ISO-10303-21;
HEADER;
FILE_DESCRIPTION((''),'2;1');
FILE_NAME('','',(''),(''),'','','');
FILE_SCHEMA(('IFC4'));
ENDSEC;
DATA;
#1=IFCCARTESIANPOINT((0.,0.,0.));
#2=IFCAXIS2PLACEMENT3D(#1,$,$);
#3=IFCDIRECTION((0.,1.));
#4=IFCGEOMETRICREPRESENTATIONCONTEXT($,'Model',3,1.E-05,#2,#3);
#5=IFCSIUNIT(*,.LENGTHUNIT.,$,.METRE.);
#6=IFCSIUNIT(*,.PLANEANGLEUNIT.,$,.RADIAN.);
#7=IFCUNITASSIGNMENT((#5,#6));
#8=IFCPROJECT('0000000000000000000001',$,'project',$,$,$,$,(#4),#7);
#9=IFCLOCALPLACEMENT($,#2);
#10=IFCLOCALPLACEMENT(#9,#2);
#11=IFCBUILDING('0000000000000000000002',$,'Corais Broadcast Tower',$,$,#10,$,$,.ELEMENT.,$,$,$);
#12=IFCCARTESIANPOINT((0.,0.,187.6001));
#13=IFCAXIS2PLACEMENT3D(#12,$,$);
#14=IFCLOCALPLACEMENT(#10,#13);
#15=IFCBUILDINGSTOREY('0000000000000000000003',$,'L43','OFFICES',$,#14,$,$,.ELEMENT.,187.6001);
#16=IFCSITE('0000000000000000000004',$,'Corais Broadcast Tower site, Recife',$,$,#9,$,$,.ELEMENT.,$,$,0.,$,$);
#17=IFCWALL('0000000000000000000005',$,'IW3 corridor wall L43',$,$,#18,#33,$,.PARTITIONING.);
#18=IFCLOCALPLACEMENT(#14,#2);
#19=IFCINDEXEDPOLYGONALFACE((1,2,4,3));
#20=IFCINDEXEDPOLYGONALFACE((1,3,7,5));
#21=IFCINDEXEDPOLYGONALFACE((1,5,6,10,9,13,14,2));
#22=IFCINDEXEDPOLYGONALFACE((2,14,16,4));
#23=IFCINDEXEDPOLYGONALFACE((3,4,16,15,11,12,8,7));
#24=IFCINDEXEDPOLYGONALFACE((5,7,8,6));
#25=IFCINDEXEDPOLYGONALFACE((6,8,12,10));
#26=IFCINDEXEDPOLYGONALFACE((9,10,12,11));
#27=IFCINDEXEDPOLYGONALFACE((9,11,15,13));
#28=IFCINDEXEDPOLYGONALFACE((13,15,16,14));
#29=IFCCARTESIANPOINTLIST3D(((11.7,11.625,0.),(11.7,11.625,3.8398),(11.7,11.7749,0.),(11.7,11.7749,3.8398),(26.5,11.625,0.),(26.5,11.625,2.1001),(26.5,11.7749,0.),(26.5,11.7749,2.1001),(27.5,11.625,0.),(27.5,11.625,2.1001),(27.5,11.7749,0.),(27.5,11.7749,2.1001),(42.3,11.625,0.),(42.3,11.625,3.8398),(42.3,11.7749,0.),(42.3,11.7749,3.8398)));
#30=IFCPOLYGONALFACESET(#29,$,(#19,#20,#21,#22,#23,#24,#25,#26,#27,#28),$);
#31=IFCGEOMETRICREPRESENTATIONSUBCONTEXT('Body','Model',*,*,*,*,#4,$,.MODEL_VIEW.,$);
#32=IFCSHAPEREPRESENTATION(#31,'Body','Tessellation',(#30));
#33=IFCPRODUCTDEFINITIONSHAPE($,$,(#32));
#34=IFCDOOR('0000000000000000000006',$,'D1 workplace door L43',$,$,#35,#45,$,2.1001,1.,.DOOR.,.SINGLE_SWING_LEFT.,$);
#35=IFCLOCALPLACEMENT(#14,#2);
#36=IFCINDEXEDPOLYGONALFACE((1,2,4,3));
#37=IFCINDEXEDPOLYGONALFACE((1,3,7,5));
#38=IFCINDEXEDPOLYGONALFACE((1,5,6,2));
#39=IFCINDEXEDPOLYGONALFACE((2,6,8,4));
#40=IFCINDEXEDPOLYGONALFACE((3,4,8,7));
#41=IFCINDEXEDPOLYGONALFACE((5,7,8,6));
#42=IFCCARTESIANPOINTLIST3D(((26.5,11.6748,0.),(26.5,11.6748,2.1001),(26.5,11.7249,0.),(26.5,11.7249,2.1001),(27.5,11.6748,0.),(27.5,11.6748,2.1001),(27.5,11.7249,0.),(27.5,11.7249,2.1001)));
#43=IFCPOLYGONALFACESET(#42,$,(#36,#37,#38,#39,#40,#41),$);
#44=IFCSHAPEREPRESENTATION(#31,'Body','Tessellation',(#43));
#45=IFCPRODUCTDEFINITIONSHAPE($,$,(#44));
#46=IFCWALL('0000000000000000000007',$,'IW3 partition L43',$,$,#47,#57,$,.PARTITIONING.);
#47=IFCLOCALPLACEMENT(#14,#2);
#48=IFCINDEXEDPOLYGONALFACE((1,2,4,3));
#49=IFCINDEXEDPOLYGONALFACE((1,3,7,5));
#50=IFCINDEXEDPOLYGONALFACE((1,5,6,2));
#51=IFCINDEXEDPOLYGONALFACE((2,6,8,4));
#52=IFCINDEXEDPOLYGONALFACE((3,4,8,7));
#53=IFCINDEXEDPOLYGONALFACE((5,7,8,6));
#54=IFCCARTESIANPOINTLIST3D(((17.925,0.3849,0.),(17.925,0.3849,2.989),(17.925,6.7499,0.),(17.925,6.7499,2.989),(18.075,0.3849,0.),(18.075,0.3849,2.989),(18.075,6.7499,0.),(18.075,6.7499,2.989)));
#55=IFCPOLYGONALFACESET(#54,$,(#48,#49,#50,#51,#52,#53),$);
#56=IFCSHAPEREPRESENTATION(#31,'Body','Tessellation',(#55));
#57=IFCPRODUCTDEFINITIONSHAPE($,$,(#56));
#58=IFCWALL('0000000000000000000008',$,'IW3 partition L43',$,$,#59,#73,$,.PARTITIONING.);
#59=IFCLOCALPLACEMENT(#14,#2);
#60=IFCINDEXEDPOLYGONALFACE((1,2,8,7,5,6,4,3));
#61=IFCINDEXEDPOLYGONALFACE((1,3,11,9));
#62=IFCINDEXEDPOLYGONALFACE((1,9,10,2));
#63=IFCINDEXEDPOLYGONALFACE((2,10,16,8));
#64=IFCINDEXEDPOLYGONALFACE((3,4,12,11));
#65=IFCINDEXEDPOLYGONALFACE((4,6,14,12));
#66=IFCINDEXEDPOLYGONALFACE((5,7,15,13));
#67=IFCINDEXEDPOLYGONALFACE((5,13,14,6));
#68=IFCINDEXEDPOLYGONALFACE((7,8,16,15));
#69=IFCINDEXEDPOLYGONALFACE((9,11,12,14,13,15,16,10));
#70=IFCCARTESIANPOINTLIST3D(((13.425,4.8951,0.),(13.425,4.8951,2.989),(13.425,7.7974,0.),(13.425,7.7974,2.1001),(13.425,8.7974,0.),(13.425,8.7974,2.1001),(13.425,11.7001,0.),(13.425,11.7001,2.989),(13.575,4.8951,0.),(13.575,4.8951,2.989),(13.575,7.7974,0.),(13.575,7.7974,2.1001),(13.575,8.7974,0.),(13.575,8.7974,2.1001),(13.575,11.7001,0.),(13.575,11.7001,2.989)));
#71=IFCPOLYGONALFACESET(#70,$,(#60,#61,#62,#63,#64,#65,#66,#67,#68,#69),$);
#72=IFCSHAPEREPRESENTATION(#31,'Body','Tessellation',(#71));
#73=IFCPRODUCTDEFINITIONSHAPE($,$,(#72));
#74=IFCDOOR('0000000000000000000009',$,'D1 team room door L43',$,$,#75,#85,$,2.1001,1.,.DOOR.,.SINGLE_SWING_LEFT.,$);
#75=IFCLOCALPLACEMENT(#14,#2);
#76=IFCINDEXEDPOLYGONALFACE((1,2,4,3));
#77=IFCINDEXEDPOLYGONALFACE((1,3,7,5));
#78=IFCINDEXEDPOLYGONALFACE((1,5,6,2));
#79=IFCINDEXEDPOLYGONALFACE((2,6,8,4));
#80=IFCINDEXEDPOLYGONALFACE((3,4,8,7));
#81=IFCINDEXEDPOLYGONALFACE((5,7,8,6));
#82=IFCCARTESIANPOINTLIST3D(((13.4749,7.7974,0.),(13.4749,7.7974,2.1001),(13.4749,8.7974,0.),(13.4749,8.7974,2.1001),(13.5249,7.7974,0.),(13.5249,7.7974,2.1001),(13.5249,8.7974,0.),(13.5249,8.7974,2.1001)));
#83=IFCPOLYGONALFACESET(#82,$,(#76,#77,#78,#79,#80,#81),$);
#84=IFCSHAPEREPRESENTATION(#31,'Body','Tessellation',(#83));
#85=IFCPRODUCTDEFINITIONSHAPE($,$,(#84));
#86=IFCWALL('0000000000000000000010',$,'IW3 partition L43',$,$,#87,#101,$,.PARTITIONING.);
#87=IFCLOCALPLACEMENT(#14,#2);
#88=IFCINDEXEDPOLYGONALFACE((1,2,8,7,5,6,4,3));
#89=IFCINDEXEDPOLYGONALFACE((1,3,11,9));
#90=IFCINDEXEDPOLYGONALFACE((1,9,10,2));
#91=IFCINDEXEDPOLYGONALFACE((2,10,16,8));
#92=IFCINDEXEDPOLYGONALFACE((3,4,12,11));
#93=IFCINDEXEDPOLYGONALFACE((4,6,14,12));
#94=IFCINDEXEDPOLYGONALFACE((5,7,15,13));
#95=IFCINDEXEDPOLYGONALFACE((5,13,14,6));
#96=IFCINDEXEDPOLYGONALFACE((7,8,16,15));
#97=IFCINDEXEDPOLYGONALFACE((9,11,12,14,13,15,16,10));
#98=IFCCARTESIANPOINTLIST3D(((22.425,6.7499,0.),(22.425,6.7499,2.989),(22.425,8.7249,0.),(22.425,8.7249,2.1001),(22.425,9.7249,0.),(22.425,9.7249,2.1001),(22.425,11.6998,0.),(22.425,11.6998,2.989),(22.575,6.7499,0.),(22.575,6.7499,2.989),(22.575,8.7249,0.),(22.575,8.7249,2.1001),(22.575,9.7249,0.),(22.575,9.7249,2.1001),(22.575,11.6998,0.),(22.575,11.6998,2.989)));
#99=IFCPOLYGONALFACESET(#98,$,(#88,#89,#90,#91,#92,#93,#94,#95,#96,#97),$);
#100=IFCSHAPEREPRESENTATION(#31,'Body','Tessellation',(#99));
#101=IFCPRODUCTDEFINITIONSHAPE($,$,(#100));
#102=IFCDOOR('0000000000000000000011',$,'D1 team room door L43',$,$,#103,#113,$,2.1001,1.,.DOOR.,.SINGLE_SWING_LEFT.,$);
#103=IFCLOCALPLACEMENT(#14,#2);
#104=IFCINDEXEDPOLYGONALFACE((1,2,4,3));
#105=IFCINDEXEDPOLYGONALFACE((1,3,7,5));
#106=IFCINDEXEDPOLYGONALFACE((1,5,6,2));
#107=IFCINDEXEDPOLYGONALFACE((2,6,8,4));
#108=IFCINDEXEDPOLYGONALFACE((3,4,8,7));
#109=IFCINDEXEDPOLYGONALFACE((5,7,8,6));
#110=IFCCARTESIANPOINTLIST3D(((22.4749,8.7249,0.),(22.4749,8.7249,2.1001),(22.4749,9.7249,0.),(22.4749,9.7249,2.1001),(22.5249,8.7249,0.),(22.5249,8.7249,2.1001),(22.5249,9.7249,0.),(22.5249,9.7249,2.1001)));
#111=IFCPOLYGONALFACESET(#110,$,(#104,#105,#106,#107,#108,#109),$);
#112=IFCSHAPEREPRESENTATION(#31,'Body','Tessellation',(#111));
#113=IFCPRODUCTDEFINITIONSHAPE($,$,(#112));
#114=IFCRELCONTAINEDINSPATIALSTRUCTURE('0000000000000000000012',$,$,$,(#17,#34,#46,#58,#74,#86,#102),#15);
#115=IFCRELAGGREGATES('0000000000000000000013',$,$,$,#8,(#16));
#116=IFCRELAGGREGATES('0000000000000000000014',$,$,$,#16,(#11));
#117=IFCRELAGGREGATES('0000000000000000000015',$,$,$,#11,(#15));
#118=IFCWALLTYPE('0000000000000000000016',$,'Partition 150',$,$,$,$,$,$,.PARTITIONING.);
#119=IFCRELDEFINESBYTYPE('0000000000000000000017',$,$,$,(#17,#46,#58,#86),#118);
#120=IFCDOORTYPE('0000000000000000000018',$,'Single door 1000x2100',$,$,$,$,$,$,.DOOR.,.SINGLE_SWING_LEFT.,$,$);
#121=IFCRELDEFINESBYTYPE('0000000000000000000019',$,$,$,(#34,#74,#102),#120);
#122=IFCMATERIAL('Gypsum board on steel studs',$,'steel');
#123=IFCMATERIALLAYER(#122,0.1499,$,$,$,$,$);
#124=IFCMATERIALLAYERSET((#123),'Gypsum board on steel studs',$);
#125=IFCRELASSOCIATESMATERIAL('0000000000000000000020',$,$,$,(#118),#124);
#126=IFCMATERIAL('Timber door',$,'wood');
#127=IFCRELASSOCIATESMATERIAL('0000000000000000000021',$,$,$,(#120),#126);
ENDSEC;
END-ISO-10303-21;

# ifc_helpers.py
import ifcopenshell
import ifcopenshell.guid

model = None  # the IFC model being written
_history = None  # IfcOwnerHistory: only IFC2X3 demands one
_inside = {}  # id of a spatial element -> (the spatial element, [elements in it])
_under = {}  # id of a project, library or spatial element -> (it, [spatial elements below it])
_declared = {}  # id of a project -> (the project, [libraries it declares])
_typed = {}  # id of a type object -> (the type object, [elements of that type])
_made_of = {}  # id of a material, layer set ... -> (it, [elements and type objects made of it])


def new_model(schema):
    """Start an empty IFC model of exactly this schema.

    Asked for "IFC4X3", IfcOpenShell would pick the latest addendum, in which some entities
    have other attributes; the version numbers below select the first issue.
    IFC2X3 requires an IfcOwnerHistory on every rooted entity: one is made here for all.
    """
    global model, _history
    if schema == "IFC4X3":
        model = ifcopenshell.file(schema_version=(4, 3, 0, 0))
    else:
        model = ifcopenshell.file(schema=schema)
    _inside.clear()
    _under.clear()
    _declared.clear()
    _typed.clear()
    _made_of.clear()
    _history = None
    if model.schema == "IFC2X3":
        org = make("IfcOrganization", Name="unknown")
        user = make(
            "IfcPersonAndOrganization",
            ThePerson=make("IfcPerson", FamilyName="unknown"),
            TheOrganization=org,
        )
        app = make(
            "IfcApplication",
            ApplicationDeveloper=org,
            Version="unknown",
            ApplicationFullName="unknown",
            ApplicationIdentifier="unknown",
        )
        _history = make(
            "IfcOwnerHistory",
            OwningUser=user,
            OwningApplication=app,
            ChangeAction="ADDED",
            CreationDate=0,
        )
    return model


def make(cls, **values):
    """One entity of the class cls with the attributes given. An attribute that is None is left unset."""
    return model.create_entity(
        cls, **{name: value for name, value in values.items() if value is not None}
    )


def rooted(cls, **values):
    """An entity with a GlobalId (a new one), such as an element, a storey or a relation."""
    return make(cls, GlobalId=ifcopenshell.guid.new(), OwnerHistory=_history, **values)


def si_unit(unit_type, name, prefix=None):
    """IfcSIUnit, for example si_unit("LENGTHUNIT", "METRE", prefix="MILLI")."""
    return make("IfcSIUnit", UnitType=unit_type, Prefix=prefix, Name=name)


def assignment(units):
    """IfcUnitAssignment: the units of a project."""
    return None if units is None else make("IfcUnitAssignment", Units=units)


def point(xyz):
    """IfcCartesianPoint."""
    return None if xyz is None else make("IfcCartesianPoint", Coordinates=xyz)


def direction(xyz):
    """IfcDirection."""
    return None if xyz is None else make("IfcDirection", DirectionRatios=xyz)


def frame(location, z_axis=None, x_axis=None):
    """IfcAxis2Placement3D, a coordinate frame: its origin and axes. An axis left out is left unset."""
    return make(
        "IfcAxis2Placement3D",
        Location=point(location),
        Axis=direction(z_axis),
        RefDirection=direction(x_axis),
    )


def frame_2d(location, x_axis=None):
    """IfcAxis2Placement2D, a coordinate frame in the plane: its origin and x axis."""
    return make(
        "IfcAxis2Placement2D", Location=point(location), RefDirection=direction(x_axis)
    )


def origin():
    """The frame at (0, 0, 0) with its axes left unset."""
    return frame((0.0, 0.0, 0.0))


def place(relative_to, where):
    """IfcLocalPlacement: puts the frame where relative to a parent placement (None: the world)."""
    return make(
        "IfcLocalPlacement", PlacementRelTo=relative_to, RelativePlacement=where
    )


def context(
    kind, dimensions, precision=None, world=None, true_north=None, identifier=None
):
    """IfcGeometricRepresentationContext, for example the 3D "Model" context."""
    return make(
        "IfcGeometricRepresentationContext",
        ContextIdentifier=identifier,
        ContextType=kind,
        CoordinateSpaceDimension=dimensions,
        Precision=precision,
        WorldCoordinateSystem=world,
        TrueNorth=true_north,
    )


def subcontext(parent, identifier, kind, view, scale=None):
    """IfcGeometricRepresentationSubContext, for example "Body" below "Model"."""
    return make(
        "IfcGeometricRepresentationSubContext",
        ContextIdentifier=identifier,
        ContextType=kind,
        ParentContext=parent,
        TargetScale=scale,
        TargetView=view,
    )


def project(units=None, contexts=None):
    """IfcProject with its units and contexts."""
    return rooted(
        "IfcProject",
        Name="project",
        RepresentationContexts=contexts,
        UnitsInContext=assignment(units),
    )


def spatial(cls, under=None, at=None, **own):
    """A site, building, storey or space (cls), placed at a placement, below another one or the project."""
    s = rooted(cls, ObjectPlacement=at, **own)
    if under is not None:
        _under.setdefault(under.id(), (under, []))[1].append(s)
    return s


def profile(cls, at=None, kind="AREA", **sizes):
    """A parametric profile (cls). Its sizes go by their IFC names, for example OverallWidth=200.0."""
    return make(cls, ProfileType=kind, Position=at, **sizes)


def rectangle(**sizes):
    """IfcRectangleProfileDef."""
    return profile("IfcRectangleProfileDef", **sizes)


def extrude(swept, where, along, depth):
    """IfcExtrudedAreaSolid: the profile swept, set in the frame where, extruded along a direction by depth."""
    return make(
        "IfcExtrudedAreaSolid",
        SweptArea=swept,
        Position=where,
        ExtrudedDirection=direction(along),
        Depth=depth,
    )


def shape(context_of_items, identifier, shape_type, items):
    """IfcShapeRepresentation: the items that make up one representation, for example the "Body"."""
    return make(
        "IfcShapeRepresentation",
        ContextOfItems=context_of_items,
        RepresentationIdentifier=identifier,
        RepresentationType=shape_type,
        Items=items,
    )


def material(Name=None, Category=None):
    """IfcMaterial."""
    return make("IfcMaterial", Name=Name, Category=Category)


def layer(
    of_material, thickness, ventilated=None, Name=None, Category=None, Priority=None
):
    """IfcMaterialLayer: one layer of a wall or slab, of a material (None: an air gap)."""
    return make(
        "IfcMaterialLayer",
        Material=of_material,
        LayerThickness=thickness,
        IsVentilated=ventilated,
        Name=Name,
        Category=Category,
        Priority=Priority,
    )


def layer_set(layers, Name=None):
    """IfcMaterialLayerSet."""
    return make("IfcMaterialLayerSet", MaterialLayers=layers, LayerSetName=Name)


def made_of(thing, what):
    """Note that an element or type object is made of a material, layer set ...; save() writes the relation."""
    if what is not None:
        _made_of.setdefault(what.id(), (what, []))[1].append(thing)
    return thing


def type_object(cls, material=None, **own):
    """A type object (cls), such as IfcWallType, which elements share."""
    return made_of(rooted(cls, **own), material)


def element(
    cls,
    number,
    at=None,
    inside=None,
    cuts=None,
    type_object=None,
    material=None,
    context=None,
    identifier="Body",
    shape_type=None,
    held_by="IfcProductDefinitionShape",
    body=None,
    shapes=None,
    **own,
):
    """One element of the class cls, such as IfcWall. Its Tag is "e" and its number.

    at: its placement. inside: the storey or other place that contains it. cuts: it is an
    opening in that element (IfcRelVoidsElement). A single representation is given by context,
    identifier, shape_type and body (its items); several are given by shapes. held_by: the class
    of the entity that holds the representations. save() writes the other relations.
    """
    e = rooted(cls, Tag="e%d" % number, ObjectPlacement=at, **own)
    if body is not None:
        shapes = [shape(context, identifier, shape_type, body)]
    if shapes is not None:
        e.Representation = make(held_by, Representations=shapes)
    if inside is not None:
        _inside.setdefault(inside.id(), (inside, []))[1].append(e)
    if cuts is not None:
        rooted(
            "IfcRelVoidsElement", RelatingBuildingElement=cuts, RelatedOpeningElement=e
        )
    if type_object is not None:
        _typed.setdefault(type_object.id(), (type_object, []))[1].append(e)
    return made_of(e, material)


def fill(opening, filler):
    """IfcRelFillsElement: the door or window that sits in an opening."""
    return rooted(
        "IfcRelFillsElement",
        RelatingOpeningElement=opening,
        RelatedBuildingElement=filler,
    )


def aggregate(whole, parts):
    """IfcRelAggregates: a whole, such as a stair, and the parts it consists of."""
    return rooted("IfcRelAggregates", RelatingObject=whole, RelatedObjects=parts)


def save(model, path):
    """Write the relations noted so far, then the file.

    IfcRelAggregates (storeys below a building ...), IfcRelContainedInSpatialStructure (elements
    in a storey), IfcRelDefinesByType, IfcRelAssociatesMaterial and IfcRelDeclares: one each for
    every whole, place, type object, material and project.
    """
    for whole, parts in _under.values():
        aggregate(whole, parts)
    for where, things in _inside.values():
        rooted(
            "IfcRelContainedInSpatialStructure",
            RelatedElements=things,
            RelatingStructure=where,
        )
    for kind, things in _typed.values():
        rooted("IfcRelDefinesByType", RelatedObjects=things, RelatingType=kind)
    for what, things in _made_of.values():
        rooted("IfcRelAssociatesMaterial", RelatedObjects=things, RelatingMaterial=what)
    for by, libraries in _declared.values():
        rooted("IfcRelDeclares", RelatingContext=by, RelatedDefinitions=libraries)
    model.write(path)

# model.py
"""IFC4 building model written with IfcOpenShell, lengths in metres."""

from ifc_helpers import new_model, si_unit, direction, frame, frame_2d, origin, place, context, subcontext, project, spatial, rectangle, extrude, material, layer, layer_set, type_object, element, fill, save


model = new_model("IFC4")

# Units and contexts
model_context = context("Model", 3, precision=1e-05, world=origin(), true_north=direction((0.0, 1.0)))
body_context = subcontext(model_context, "Body", "Model", "MODEL_VIEW")
ifc_project = project(units=[si_unit("LENGTHUNIT", "METRE"), si_unit("PLANEANGLEUNIT", "RADIAN")], contexts=[model_context])

# Site, building, storey
site_placement = place(None, origin())
site = spatial("IfcSite", under=ifc_project, at=site_placement, Name="Corais Broadcast Tower site, Recife", CompositionType="ELEMENT", RefElevation=0.0)
building_placement = place(site_placement, origin())
building = spatial("IfcBuilding", under=site, at=building_placement, Name="Corais Broadcast Tower", CompositionType="ELEMENT")
storey_placement = place(building_placement, frame((0.0, 0.0, 187.6001)))
storey = spatial("IfcBuildingStorey", under=building, at=storey_placement, Name="L43", Description="OFFICES", CompositionType="ELEMENT", Elevation=187.6001)

# Wall, opening, door
ifc_material_1 = material(Name="Gypsum board on steel studs", Category="steel")
ifc_layer_1 = layer(ifc_material_1, 0.1499)
ifc_layer_set_1 = layer_set([ifc_layer_1], Name="Gypsum board on steel studs")
wall_type_1 = type_object("IfcWallType", Name="Partition 150", PredefinedType="PARTITIONING", material=ifc_layer_set_1)
wall_1_placement = place(storey_placement, frame((11.7, 11.7, 0.0), z_axis=(0.0, 0.0, 1.0), x_axis=(1.0, 0.0, 0.0)))
wall_1 = element("IfcWall", 1, at=wall_1_placement, inside=storey, type_object=wall_type_1, Name="IW3 corridor wall L43", PredefinedType="PARTITIONING", context=body_context, shape_type="SweptSolid", body=[
    extrude(rectangle(XDim=30.6001, YDim=0.1499, at=frame_2d((15.3, 0.0))), origin(), (0.0, 0.0, 1.0), 3.8398),
])
opening_1_placement = place(wall_1_placement, frame((14.8, 0.0, 0.0)))
opening_1 = element("IfcOpeningElement", 2, at=opening_1_placement, cuts=wall_1, PredefinedType="OPENING", context=body_context, shape_type="SweptSolid", body=[
    extrude(rectangle(XDim=1.0, YDim=2.1001, at=frame_2d((0.5, 1.05))), frame((0.0, 0.085, 0.0), z_axis=(0.0, -1.0, 0.0), x_axis=(1.0, 0.0, 0.0)), (0.0, 0.0, 1.0), 0.1699),
])
ifc_material_2 = material(Name="Timber door", Category="wood")
door_type = type_object("IfcDoorType", Name="Single door 1000x2100", OperationType="SINGLE_SWING_LEFT", PredefinedType="DOOR", material=ifc_material_2)
door_1_placement = place(opening_1_placement, origin())
door_1 = element("IfcDoor", 3, at=door_1_placement, inside=storey, type_object=door_type, Name="D1 workplace door L43", OperationType="SINGLE_SWING_LEFT", OverallHeight=2.1001, OverallWidth=1.0, PredefinedType="DOOR", context=body_context, shape_type="SweptSolid", body=[
    extrude(rectangle(XDim=1.0, YDim=2.1001, at=frame_2d((0.5, 1.05))), frame((0.0, 0.0249, 0.0), z_axis=(0.0, -1.0, 0.0), x_axis=(1.0, 0.0, 0.0)), (0.0, 0.0, 1.0), 0.05),
])
fill(opening_1, door_1)

# Wall
wall_2_placement = place(storey_placement, frame((18.0, 6.75, 0.0), z_axis=(0.0, 0.0, 1.0), x_axis=(0.0, -1.0, 0.0)))
element("IfcWall", 4, at=wall_2_placement, inside=storey, type_object=wall_type_1, Name="IW3 partition L43", PredefinedType="PARTITIONING", context=body_context, shape_type="SweptSolid", body=[
    extrude(rectangle(XDim=6.365, YDim=0.1499, at=frame_2d((3.1826, 0.0))), origin(), (0.0, 0.0, 1.0), 2.989),
])

# Walls, openings, doors
wall_3_placement = place(storey_placement, frame((13.5, 11.7, 0.0), z_axis=(0.0, 0.0, 1.0), x_axis=(0.0, -1.0, 0.0)))
wall_3 = element("IfcWall", 5, at=wall_3_placement, inside=storey, type_object=wall_type_1, Name="IW3 partition L43", PredefinedType="PARTITIONING", context=body_context, shape_type="SweptSolid", body=[
    extrude(rectangle(XDim=6.8049, YDim=0.1499, at=frame_2d((3.4023, 0.0))), origin(), (0.0, 0.0, 1.0), 2.989),
])
opening_2_placement = place(wall_3_placement, frame((2.9026, 0.0, 0.0)))
opening_2 = element("IfcOpeningElement", 6, at=opening_2_placement, cuts=wall_3, PredefinedType="OPENING", context=body_context, shape_type="SweptSolid", body=[
    extrude(rectangle(XDim=1.0, YDim=2.1001, at=frame_2d((0.5, 1.05))), frame((0.0, 0.085, 0.0), z_axis=(0.0, -1.0, 0.0), x_axis=(1.0, 0.0, 0.0)), (0.0, 0.0, 1.0), 0.1699),
])
door_2_placement = place(opening_2_placement, origin())
door_2 = element("IfcDoor", 7, at=door_2_placement, inside=storey, type_object=door_type, Name="D1 team room door L43", OperationType="SINGLE_SWING_LEFT", OverallHeight=2.1001, OverallWidth=1.0, PredefinedType="DOOR", context=body_context, shape_type="SweptSolid", body=[
    extrude(rectangle(XDim=1.0, YDim=2.1001, at=frame_2d((0.5, 1.05))), frame((0.0, 0.0249, 0.0), z_axis=(0.0, -1.0, 0.0), x_axis=(1.0, 0.0, 0.0)), (0.0, 0.0, 1.0), 0.05),
])
fill(opening_2, door_2)
wall_4_placement = place(storey_placement, frame((22.5, 11.7, 0.0), z_axis=(0.0, 0.0, 1.0), x_axis=(0.0, -1.0, 0.0)))
wall_4 = element("IfcWall", 8, at=wall_4_placement, inside=storey, type_object=wall_type_1, Name="IW3 partition L43", PredefinedType="PARTITIONING", context=body_context, shape_type="SweptSolid", body=[
    extrude(rectangle(XDim=4.95, YDim=0.1499, at=frame_2d((2.4751, 0.0))), origin(), (0.0, 0.0, 1.0), 2.989),
])
opening_3_placement = place(wall_4_placement, frame((1.9751, 0.0, 0.0)))
opening_3 = element("IfcOpeningElement", 9, at=opening_3_placement, cuts=wall_4, PredefinedType="OPENING", context=body_context, shape_type="SweptSolid", body=[
    extrude(rectangle(XDim=1.0, YDim=2.1001, at=frame_2d((0.5, 1.05))), frame((0.0, 0.085, 0.0), z_axis=(0.0, -1.0, 0.0), x_axis=(1.0, 0.0, 0.0)), (0.0, 0.0, 1.0), 0.1699),
])
door_3_placement = place(opening_3_placement, origin())
door_3 = element("IfcDoor", 10, at=door_3_placement, inside=storey, type_object=door_type, Name="D1 team room door L43", OperationType="SINGLE_SWING_LEFT", OverallHeight=2.1001, OverallWidth=1.0, PredefinedType="DOOR", context=body_context, shape_type="SweptSolid", body=[
    extrude(rectangle(XDim=1.0, YDim=2.1001, at=frame_2d((0.5, 1.05))), frame((0.0, 0.0249, 0.0), z_axis=(0.0, -1.0, 0.0), x_axis=(1.0, 0.0, 0.0)), (0.0, 0.0, 1.0), 0.05),
])
fill(opening_3, door_3)

save(model, "model.ifc")
